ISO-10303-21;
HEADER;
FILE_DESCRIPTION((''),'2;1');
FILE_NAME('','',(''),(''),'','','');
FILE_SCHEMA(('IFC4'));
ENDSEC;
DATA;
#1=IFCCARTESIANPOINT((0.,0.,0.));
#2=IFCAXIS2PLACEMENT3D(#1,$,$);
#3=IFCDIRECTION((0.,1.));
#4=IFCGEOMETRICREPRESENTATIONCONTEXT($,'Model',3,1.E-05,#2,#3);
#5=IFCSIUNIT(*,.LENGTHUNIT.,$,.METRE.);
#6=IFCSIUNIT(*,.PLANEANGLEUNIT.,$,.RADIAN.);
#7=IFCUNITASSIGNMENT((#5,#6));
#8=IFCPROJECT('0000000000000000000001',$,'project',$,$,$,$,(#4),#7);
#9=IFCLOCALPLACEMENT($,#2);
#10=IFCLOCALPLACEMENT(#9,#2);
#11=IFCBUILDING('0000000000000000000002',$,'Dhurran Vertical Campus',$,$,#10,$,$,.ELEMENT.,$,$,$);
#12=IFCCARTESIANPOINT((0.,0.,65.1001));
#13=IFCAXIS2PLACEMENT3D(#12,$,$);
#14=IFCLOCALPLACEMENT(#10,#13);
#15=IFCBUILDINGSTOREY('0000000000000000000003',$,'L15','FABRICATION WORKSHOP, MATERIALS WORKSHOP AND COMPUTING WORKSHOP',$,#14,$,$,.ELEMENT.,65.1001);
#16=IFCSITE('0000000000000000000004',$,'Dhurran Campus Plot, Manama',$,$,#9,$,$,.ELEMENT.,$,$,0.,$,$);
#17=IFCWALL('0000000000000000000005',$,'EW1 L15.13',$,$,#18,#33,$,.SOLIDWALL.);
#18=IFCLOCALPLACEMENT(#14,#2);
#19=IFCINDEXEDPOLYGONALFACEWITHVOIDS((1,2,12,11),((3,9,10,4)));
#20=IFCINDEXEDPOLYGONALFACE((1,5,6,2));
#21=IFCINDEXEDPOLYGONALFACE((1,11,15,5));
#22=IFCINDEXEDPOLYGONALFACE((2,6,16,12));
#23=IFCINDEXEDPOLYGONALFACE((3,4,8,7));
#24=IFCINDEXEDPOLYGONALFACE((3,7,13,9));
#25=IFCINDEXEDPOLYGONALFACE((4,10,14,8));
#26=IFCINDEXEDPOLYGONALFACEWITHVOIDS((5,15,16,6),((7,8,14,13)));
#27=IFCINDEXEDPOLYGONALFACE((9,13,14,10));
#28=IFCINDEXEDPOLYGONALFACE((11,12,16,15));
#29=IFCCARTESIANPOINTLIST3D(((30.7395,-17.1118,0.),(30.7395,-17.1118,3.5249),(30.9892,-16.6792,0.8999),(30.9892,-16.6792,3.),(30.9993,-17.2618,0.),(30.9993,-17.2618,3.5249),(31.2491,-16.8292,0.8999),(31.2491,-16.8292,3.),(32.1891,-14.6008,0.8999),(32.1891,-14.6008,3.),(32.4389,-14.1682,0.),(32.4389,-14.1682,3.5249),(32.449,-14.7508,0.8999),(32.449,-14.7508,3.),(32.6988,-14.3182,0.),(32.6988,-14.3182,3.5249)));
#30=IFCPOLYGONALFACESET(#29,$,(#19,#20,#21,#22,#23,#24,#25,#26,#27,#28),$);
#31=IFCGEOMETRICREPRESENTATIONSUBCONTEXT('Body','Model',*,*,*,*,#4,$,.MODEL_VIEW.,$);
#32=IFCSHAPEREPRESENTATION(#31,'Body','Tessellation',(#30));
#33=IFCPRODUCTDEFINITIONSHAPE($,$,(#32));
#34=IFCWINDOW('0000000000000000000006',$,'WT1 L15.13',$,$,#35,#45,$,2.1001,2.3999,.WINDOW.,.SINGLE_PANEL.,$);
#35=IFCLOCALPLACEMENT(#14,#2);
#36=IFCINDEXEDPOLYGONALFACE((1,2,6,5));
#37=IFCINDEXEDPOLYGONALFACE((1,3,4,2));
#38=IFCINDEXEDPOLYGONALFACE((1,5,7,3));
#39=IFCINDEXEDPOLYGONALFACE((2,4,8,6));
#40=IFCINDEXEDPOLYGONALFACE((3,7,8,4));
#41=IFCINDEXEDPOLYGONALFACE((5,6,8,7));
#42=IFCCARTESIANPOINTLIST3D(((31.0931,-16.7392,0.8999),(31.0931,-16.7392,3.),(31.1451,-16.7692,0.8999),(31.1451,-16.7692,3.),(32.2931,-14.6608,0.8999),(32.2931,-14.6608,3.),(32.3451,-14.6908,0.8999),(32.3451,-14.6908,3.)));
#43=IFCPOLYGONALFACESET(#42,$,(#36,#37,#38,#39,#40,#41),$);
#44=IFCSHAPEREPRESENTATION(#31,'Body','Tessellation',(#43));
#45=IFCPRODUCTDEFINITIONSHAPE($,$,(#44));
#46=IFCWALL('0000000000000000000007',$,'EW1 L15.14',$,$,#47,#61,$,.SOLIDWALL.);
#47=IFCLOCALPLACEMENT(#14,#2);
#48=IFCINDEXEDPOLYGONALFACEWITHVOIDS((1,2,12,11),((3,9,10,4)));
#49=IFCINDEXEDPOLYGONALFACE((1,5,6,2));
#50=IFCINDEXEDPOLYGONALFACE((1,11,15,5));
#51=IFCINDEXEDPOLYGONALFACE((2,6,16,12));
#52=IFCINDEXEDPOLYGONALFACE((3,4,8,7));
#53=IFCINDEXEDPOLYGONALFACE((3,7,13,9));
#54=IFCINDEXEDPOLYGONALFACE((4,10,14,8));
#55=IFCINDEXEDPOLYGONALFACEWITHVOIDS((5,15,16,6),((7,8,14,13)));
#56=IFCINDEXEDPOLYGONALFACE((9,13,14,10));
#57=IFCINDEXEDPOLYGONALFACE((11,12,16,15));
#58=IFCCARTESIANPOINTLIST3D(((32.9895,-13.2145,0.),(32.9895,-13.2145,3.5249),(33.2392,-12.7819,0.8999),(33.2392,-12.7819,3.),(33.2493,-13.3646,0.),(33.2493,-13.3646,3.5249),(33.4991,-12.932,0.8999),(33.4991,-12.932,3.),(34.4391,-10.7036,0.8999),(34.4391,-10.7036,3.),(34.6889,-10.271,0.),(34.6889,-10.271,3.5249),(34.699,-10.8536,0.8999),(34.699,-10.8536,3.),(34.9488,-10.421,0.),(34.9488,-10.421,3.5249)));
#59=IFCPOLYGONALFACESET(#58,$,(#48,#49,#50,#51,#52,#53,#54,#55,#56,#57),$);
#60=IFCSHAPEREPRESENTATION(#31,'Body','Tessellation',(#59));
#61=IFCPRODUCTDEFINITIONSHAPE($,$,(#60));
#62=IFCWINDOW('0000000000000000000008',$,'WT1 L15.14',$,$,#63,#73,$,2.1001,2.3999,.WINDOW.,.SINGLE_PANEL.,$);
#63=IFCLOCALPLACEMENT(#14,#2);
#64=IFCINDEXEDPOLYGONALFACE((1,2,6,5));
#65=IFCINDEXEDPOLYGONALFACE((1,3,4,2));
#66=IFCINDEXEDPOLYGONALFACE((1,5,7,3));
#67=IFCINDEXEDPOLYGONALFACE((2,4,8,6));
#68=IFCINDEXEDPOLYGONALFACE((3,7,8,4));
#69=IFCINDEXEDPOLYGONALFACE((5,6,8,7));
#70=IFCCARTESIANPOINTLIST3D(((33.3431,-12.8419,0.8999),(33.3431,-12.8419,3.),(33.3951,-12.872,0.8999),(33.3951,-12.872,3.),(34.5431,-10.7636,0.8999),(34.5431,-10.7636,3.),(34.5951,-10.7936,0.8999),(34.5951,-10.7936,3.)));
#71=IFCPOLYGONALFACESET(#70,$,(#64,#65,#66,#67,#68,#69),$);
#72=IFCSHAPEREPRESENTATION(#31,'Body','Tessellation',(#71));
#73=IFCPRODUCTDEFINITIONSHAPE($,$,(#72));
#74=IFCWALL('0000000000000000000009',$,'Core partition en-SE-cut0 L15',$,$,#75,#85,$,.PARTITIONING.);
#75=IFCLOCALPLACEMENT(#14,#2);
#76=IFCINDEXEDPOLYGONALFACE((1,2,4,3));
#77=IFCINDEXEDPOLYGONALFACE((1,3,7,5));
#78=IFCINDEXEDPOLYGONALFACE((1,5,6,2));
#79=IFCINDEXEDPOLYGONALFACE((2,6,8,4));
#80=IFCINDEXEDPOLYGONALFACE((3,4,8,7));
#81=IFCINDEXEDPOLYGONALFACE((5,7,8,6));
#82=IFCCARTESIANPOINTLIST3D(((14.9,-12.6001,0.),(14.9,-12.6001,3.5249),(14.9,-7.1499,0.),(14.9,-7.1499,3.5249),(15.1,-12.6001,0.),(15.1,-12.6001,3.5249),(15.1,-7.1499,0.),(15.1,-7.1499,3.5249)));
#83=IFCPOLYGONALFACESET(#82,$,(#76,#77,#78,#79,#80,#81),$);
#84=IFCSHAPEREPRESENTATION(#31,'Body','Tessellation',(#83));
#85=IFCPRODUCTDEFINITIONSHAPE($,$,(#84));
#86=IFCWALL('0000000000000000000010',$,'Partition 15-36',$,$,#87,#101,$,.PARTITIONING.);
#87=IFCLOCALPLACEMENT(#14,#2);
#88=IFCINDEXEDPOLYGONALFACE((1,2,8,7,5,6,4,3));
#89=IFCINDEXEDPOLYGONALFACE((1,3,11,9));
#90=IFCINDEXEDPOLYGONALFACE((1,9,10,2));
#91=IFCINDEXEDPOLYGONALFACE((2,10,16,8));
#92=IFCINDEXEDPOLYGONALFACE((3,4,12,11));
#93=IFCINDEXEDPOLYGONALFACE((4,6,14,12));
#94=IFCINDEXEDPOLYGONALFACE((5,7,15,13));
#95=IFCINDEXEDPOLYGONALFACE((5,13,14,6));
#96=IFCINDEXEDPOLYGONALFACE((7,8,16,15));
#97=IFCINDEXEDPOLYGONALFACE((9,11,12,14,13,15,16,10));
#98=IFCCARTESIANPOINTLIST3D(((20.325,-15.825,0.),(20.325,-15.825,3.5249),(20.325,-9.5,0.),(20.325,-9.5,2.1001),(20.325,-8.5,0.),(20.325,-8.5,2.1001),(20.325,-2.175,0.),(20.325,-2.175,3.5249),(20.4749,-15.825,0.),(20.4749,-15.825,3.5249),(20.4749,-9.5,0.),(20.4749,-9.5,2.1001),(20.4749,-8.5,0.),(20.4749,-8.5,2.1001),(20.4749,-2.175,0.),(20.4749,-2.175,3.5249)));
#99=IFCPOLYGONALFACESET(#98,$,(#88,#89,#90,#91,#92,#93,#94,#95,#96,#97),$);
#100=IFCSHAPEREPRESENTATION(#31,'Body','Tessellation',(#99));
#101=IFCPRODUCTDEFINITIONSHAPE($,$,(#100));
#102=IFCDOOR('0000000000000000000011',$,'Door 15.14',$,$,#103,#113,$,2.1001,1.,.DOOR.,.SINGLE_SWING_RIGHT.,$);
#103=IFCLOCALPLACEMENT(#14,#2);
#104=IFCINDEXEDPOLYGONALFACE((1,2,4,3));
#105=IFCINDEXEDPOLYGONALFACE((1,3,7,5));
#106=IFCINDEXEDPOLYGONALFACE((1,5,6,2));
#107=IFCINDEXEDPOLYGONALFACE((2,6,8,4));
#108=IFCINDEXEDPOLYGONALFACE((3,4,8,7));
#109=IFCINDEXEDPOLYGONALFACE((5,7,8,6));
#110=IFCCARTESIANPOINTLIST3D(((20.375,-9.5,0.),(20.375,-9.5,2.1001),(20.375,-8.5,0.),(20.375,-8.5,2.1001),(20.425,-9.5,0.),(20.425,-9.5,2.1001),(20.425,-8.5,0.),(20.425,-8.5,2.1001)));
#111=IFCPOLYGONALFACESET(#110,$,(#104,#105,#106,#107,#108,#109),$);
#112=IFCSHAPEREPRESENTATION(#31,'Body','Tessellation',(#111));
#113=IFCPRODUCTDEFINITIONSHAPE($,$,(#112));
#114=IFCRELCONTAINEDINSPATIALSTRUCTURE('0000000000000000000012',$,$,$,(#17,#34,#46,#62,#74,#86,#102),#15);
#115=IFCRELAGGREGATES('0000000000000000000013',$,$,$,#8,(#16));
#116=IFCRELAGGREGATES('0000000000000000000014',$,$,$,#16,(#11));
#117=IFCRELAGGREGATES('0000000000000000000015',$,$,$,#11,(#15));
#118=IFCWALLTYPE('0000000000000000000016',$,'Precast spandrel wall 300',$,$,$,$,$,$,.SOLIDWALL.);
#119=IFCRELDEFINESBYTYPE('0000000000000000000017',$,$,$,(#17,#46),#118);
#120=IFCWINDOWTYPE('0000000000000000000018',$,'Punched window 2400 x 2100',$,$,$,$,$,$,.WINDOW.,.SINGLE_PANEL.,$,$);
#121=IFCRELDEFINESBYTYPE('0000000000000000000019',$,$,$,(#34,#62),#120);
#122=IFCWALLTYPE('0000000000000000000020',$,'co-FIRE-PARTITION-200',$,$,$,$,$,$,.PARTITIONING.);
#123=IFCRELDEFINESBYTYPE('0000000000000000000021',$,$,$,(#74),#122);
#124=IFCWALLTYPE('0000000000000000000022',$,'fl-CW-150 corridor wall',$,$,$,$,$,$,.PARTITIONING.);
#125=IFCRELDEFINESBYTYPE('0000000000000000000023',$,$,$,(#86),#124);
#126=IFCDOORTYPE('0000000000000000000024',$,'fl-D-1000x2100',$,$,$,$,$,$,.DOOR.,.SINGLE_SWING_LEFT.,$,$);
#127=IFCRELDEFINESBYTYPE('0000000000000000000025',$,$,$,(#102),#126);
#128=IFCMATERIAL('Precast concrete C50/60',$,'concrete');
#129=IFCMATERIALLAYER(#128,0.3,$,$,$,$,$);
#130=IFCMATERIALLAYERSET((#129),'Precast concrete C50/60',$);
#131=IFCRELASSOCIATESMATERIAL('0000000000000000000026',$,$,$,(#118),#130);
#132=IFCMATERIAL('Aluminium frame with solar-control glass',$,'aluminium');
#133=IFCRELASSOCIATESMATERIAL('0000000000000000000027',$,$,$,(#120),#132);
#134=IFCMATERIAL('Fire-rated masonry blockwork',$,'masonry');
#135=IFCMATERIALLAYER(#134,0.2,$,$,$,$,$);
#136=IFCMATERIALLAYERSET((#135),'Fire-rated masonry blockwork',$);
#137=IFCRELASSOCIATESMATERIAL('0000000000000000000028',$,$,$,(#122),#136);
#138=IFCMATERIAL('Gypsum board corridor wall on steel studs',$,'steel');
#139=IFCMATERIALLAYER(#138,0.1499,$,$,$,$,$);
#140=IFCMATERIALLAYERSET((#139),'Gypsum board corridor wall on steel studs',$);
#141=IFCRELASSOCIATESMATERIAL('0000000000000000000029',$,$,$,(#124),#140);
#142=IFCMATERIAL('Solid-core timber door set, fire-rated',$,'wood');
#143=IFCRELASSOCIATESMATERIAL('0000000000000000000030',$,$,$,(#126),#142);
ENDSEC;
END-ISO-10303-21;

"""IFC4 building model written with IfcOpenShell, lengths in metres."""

from ifc_helpers import new_model, si_unit, direction, frame, frame_2d, origin, place, context, subcontext, project, spatial, rectangle, extrude, material, layer, layer_set, type_object, element, fill, save


model = new_model("IFC4")

# Units and contexts
model_context = context("Model", 3, precision=1e-05, world=origin(), true_north=direction((0.0, 1.0)))
body_context = subcontext(model_context, "Body", "Model", "MODEL_VIEW")
ifc_project = project(units=[si_unit("LENGTHUNIT", "METRE"), si_unit("PLANEANGLEUNIT", "RADIAN")], contexts=[model_context])

# Site, building, storey
site_placement = place(None, origin())
site = spatial("IfcSite", under=ifc_project, at=site_placement, Name="Dhurran Campus Plot, Manama", CompositionType="ELEMENT", RefElevation=0.0)
building_placement = place(site_placement, origin())
building = spatial("IfcBuilding", under=site, at=building_placement, Name="Dhurran Vertical Campus", CompositionType="ELEMENT")
storey_placement = place(building_placement, frame((0.0, 0.0, 65.1001)))
storey = spatial("IfcBuildingStorey", under=building, at=storey_placement, Name="L15", Description="FABRICATION WORKSHOP, MATERIALS WORKSHOP AND COMPUTING WORKSHOP", CompositionType="ELEMENT", Elevation=65.1001)

# Walls, openings, windows
ifc_material_1 = material(Name="Precast concrete C50/60", Category="concrete")
ifc_layer_1 = layer(ifc_material_1, 0.3)
ifc_layer_set_1 = layer_set([ifc_layer_1], Name="Precast concrete C50/60")
wall_type_1 = type_object("IfcWallType", Name="Precast spandrel wall 300", PredefinedType="SOLIDWALL", material=ifc_layer_set_1)
ifc_material_2 = material(Name="Aluminium frame with solar-control glass", Category="aluminium")
window_type = type_object("IfcWindowType", Name="Punched window 2400 x 2100", PartitioningType="SINGLE_PANEL", PredefinedType="WINDOW", material=ifc_material_2)
wall_1_placement = place(storey_placement, frame((30.8694, -17.1868, 0.0), z_axis=(0.0, 0.0, 1.0), x_axis=(0.499994, 0.866029, 0.0)))
wall_1 = element("IfcWall", 1, at=wall_1_placement, inside=storey, type_object=wall_type_1, Name="EW1 L15.13", PredefinedType="SOLIDWALL", context=body_context, shape_type="SweptSolid", body=[
    extrude(rectangle(XDim=3.3989, YDim=0.3, at=frame_2d((1.6995, 0.0))), origin(), (0.0, 0.0, 1.0), 3.5249),
])
opening_1_placement = place(wall_1_placement, frame((0.4995, 0.0, 0.8999)))
opening_1 = element("IfcOpeningElement", 2, at=opening_1_placement, cuts=wall_1, PredefinedType="OPENING", context=body_context, shape_type="SweptSolid", body=[
    extrude(rectangle(XDim=2.3999, YDim=2.1001, at=frame_2d((1.2, 1.05))), frame((0.0, 0.1599, 0.0), z_axis=(0.0, -1.0, 0.0), x_axis=(1.0, 0.0, 0.0)), (0.0, 0.0, 1.0), 0.3201),
])
window_1_placement = place(opening_1_placement, origin())
window_1 = element("IfcWindow", 3, at=window_1_placement, inside=storey, type_object=window_type, Name="WT1 L15.13", OverallHeight=2.1001, OverallWidth=2.3999, PartitioningType="SINGLE_PANEL", PredefinedType="WINDOW", context=body_context, shape_type="SweptSolid", body=[
    extrude(rectangle(XDim=2.3999, YDim=2.1001, at=frame_2d((1.2, 1.05))), frame((0.0, 0.03, 0.0), z_axis=(0.0, -1.0, 0.0), x_axis=(1.0, 0.0, 0.0)), (0.0, 0.0, 1.0), 0.0601),
])
fill(opening_1, window_1)
wall_2_placement = place(storey_placement, frame((33.1194, -13.2896, 0.0), z_axis=(0.0, 0.0, 1.0), x_axis=(0.499994, 0.866029, 0.0)))
wall_2 = element("IfcWall", 4, at=wall_2_placement, inside=storey, type_object=wall_type_1, Name="EW1 L15.14", PredefinedType="SOLIDWALL", context=body_context, shape_type="SweptSolid", body=[
    extrude(rectangle(XDim=3.3989, YDim=0.3, at=frame_2d((1.6995, 0.0))), origin(), (0.0, 0.0, 1.0), 3.5249),
])
opening_2_placement = place(wall_2_placement, frame((0.4995, 0.0, 0.8999)))
opening_2 = element("IfcOpeningElement", 5, at=opening_2_placement, cuts=wall_2, PredefinedType="OPENING", context=body_context, shape_type="SweptSolid", body=[
    extrude(rectangle(XDim=2.3999, YDim=2.1001, at=frame_2d((1.2, 1.05))), frame((0.0, 0.1599, 0.0), z_axis=(0.0, -1.0, 0.0), x_axis=(1.0, 0.0, 0.0)), (0.0, 0.0, 1.0), 0.3201),
])
window_2_placement = place(opening_2_placement, origin())
window_2 = element("IfcWindow", 6, at=window_2_placement, inside=storey, type_object=window_type, Name="WT1 L15.14", OverallHeight=2.1001, OverallWidth=2.3999, PartitioningType="SINGLE_PANEL", PredefinedType="WINDOW", context=body_context, shape_type="SweptSolid", body=[
    extrude(rectangle(XDim=2.3999, YDim=2.1001, at=frame_2d((1.2, 1.05))), frame((0.0, 0.03, 0.0), z_axis=(0.0, -1.0, 0.0), x_axis=(1.0, 0.0, 0.0)), (0.0, 0.0, 1.0), 0.0601),
])
fill(opening_2, window_2)

# Wall
ifc_material_3 = material(Name="Fire-rated masonry blockwork", Category="masonry")
ifc_layer_2 = layer(ifc_material_3, 0.2)
ifc_layer_set_2 = layer_set([ifc_layer_2], Name="Fire-rated masonry blockwork")
wall_type_2 = type_object("IfcWallType", Name="co-FIRE-PARTITION-200", PredefinedType="PARTITIONING", material=ifc_layer_set_2)
wall_3_placement = place(storey_placement, frame((15.0, -12.6001, 0.0), z_axis=(0.0, 0.0, 1.0), x_axis=(0.0, 1.0, 0.0)))
element("IfcWall", 7, at=wall_3_placement, inside=storey, type_object=wall_type_2, Name="Core partition en-SE-cut0 L15", PredefinedType="PARTITIONING", context=body_context, shape_type="SweptSolid", body=[
    extrude(rectangle(XDim=5.4502, YDim=0.2, at=frame_2d((2.7251, 0.0))), origin(), (0.0, 0.0, 1.0), 3.5249),
])

# Wall, opening, door
ifc_material_4 = material(Name="Gypsum board corridor wall on steel studs", Category="steel")
ifc_layer_3 = layer(ifc_material_4, 0.1499)
ifc_layer_set_3 = layer_set([ifc_layer_3], Name="Gypsum board corridor wall on steel studs")
wall_type_3 = type_object("IfcWallType", Name="fl-CW-150 corridor wall", PredefinedType="PARTITIONING", material=ifc_layer_set_3)
wall_4_placement = place(storey_placement, frame((20.3999, -15.825, 0.0), z_axis=(0.0, 0.0, 1.0), x_axis=(0.0, 1.0, 0.0)))
wall_4 = element("IfcWall", 8, at=wall_4_placement, inside=storey, type_object=wall_type_3, Name="Partition 15-36", PredefinedType="PARTITIONING", context=body_context, shape_type="SweptSolid", body=[
    extrude(rectangle(XDim=13.6499, YDim=0.1499, at=frame_2d((6.825, 0.0))), origin(), (0.0, 0.0, 1.0), 3.5249),
])
opening_3_placement = place(wall_4_placement, frame((6.325, 0.0, 0.0)))
opening_3 = element("IfcOpeningElement", 9, at=opening_3_placement, cuts=wall_4, PredefinedType="OPENING", context=body_context, shape_type="SweptSolid", body=[
    extrude(rectangle(XDim=1.0, YDim=2.1001, at=frame_2d((0.5, 1.05))), frame((0.0, 0.085, 0.0), z_axis=(0.0, -1.0, 0.0), x_axis=(1.0, 0.0, 0.0)), (0.0, 0.0, 1.0), 0.1699),
])
ifc_material_5 = material(Name="Solid-core timber door set, fire-rated", Category="wood")
door_type = type_object("IfcDoorType", Name="fl-D-1000x2100", OperationType="SINGLE_SWING_LEFT", PredefinedType="DOOR", material=ifc_material_5)
door_placement = place(opening_3_placement, origin())
door = element("IfcDoor", 10, at=door_placement, inside=storey, type_object=door_type, Name="Door 15.14", OperationType="SINGLE_SWING_RIGHT", OverallHeight=2.1001, OverallWidth=1.0, PredefinedType="DOOR", context=body_context, shape_type="SweptSolid", body=[
    extrude(rectangle(XDim=1.0, YDim=2.1001, at=frame_2d((0.5, 1.05))), frame((0.0, 0.0249, 0.0), z_axis=(0.0, -1.0, 0.0), x_axis=(1.0, 0.0, 0.0)), (0.0, 0.0, 1.0), 0.05),
])
fill(opening_3, door)

save(model, "model.ifc")
